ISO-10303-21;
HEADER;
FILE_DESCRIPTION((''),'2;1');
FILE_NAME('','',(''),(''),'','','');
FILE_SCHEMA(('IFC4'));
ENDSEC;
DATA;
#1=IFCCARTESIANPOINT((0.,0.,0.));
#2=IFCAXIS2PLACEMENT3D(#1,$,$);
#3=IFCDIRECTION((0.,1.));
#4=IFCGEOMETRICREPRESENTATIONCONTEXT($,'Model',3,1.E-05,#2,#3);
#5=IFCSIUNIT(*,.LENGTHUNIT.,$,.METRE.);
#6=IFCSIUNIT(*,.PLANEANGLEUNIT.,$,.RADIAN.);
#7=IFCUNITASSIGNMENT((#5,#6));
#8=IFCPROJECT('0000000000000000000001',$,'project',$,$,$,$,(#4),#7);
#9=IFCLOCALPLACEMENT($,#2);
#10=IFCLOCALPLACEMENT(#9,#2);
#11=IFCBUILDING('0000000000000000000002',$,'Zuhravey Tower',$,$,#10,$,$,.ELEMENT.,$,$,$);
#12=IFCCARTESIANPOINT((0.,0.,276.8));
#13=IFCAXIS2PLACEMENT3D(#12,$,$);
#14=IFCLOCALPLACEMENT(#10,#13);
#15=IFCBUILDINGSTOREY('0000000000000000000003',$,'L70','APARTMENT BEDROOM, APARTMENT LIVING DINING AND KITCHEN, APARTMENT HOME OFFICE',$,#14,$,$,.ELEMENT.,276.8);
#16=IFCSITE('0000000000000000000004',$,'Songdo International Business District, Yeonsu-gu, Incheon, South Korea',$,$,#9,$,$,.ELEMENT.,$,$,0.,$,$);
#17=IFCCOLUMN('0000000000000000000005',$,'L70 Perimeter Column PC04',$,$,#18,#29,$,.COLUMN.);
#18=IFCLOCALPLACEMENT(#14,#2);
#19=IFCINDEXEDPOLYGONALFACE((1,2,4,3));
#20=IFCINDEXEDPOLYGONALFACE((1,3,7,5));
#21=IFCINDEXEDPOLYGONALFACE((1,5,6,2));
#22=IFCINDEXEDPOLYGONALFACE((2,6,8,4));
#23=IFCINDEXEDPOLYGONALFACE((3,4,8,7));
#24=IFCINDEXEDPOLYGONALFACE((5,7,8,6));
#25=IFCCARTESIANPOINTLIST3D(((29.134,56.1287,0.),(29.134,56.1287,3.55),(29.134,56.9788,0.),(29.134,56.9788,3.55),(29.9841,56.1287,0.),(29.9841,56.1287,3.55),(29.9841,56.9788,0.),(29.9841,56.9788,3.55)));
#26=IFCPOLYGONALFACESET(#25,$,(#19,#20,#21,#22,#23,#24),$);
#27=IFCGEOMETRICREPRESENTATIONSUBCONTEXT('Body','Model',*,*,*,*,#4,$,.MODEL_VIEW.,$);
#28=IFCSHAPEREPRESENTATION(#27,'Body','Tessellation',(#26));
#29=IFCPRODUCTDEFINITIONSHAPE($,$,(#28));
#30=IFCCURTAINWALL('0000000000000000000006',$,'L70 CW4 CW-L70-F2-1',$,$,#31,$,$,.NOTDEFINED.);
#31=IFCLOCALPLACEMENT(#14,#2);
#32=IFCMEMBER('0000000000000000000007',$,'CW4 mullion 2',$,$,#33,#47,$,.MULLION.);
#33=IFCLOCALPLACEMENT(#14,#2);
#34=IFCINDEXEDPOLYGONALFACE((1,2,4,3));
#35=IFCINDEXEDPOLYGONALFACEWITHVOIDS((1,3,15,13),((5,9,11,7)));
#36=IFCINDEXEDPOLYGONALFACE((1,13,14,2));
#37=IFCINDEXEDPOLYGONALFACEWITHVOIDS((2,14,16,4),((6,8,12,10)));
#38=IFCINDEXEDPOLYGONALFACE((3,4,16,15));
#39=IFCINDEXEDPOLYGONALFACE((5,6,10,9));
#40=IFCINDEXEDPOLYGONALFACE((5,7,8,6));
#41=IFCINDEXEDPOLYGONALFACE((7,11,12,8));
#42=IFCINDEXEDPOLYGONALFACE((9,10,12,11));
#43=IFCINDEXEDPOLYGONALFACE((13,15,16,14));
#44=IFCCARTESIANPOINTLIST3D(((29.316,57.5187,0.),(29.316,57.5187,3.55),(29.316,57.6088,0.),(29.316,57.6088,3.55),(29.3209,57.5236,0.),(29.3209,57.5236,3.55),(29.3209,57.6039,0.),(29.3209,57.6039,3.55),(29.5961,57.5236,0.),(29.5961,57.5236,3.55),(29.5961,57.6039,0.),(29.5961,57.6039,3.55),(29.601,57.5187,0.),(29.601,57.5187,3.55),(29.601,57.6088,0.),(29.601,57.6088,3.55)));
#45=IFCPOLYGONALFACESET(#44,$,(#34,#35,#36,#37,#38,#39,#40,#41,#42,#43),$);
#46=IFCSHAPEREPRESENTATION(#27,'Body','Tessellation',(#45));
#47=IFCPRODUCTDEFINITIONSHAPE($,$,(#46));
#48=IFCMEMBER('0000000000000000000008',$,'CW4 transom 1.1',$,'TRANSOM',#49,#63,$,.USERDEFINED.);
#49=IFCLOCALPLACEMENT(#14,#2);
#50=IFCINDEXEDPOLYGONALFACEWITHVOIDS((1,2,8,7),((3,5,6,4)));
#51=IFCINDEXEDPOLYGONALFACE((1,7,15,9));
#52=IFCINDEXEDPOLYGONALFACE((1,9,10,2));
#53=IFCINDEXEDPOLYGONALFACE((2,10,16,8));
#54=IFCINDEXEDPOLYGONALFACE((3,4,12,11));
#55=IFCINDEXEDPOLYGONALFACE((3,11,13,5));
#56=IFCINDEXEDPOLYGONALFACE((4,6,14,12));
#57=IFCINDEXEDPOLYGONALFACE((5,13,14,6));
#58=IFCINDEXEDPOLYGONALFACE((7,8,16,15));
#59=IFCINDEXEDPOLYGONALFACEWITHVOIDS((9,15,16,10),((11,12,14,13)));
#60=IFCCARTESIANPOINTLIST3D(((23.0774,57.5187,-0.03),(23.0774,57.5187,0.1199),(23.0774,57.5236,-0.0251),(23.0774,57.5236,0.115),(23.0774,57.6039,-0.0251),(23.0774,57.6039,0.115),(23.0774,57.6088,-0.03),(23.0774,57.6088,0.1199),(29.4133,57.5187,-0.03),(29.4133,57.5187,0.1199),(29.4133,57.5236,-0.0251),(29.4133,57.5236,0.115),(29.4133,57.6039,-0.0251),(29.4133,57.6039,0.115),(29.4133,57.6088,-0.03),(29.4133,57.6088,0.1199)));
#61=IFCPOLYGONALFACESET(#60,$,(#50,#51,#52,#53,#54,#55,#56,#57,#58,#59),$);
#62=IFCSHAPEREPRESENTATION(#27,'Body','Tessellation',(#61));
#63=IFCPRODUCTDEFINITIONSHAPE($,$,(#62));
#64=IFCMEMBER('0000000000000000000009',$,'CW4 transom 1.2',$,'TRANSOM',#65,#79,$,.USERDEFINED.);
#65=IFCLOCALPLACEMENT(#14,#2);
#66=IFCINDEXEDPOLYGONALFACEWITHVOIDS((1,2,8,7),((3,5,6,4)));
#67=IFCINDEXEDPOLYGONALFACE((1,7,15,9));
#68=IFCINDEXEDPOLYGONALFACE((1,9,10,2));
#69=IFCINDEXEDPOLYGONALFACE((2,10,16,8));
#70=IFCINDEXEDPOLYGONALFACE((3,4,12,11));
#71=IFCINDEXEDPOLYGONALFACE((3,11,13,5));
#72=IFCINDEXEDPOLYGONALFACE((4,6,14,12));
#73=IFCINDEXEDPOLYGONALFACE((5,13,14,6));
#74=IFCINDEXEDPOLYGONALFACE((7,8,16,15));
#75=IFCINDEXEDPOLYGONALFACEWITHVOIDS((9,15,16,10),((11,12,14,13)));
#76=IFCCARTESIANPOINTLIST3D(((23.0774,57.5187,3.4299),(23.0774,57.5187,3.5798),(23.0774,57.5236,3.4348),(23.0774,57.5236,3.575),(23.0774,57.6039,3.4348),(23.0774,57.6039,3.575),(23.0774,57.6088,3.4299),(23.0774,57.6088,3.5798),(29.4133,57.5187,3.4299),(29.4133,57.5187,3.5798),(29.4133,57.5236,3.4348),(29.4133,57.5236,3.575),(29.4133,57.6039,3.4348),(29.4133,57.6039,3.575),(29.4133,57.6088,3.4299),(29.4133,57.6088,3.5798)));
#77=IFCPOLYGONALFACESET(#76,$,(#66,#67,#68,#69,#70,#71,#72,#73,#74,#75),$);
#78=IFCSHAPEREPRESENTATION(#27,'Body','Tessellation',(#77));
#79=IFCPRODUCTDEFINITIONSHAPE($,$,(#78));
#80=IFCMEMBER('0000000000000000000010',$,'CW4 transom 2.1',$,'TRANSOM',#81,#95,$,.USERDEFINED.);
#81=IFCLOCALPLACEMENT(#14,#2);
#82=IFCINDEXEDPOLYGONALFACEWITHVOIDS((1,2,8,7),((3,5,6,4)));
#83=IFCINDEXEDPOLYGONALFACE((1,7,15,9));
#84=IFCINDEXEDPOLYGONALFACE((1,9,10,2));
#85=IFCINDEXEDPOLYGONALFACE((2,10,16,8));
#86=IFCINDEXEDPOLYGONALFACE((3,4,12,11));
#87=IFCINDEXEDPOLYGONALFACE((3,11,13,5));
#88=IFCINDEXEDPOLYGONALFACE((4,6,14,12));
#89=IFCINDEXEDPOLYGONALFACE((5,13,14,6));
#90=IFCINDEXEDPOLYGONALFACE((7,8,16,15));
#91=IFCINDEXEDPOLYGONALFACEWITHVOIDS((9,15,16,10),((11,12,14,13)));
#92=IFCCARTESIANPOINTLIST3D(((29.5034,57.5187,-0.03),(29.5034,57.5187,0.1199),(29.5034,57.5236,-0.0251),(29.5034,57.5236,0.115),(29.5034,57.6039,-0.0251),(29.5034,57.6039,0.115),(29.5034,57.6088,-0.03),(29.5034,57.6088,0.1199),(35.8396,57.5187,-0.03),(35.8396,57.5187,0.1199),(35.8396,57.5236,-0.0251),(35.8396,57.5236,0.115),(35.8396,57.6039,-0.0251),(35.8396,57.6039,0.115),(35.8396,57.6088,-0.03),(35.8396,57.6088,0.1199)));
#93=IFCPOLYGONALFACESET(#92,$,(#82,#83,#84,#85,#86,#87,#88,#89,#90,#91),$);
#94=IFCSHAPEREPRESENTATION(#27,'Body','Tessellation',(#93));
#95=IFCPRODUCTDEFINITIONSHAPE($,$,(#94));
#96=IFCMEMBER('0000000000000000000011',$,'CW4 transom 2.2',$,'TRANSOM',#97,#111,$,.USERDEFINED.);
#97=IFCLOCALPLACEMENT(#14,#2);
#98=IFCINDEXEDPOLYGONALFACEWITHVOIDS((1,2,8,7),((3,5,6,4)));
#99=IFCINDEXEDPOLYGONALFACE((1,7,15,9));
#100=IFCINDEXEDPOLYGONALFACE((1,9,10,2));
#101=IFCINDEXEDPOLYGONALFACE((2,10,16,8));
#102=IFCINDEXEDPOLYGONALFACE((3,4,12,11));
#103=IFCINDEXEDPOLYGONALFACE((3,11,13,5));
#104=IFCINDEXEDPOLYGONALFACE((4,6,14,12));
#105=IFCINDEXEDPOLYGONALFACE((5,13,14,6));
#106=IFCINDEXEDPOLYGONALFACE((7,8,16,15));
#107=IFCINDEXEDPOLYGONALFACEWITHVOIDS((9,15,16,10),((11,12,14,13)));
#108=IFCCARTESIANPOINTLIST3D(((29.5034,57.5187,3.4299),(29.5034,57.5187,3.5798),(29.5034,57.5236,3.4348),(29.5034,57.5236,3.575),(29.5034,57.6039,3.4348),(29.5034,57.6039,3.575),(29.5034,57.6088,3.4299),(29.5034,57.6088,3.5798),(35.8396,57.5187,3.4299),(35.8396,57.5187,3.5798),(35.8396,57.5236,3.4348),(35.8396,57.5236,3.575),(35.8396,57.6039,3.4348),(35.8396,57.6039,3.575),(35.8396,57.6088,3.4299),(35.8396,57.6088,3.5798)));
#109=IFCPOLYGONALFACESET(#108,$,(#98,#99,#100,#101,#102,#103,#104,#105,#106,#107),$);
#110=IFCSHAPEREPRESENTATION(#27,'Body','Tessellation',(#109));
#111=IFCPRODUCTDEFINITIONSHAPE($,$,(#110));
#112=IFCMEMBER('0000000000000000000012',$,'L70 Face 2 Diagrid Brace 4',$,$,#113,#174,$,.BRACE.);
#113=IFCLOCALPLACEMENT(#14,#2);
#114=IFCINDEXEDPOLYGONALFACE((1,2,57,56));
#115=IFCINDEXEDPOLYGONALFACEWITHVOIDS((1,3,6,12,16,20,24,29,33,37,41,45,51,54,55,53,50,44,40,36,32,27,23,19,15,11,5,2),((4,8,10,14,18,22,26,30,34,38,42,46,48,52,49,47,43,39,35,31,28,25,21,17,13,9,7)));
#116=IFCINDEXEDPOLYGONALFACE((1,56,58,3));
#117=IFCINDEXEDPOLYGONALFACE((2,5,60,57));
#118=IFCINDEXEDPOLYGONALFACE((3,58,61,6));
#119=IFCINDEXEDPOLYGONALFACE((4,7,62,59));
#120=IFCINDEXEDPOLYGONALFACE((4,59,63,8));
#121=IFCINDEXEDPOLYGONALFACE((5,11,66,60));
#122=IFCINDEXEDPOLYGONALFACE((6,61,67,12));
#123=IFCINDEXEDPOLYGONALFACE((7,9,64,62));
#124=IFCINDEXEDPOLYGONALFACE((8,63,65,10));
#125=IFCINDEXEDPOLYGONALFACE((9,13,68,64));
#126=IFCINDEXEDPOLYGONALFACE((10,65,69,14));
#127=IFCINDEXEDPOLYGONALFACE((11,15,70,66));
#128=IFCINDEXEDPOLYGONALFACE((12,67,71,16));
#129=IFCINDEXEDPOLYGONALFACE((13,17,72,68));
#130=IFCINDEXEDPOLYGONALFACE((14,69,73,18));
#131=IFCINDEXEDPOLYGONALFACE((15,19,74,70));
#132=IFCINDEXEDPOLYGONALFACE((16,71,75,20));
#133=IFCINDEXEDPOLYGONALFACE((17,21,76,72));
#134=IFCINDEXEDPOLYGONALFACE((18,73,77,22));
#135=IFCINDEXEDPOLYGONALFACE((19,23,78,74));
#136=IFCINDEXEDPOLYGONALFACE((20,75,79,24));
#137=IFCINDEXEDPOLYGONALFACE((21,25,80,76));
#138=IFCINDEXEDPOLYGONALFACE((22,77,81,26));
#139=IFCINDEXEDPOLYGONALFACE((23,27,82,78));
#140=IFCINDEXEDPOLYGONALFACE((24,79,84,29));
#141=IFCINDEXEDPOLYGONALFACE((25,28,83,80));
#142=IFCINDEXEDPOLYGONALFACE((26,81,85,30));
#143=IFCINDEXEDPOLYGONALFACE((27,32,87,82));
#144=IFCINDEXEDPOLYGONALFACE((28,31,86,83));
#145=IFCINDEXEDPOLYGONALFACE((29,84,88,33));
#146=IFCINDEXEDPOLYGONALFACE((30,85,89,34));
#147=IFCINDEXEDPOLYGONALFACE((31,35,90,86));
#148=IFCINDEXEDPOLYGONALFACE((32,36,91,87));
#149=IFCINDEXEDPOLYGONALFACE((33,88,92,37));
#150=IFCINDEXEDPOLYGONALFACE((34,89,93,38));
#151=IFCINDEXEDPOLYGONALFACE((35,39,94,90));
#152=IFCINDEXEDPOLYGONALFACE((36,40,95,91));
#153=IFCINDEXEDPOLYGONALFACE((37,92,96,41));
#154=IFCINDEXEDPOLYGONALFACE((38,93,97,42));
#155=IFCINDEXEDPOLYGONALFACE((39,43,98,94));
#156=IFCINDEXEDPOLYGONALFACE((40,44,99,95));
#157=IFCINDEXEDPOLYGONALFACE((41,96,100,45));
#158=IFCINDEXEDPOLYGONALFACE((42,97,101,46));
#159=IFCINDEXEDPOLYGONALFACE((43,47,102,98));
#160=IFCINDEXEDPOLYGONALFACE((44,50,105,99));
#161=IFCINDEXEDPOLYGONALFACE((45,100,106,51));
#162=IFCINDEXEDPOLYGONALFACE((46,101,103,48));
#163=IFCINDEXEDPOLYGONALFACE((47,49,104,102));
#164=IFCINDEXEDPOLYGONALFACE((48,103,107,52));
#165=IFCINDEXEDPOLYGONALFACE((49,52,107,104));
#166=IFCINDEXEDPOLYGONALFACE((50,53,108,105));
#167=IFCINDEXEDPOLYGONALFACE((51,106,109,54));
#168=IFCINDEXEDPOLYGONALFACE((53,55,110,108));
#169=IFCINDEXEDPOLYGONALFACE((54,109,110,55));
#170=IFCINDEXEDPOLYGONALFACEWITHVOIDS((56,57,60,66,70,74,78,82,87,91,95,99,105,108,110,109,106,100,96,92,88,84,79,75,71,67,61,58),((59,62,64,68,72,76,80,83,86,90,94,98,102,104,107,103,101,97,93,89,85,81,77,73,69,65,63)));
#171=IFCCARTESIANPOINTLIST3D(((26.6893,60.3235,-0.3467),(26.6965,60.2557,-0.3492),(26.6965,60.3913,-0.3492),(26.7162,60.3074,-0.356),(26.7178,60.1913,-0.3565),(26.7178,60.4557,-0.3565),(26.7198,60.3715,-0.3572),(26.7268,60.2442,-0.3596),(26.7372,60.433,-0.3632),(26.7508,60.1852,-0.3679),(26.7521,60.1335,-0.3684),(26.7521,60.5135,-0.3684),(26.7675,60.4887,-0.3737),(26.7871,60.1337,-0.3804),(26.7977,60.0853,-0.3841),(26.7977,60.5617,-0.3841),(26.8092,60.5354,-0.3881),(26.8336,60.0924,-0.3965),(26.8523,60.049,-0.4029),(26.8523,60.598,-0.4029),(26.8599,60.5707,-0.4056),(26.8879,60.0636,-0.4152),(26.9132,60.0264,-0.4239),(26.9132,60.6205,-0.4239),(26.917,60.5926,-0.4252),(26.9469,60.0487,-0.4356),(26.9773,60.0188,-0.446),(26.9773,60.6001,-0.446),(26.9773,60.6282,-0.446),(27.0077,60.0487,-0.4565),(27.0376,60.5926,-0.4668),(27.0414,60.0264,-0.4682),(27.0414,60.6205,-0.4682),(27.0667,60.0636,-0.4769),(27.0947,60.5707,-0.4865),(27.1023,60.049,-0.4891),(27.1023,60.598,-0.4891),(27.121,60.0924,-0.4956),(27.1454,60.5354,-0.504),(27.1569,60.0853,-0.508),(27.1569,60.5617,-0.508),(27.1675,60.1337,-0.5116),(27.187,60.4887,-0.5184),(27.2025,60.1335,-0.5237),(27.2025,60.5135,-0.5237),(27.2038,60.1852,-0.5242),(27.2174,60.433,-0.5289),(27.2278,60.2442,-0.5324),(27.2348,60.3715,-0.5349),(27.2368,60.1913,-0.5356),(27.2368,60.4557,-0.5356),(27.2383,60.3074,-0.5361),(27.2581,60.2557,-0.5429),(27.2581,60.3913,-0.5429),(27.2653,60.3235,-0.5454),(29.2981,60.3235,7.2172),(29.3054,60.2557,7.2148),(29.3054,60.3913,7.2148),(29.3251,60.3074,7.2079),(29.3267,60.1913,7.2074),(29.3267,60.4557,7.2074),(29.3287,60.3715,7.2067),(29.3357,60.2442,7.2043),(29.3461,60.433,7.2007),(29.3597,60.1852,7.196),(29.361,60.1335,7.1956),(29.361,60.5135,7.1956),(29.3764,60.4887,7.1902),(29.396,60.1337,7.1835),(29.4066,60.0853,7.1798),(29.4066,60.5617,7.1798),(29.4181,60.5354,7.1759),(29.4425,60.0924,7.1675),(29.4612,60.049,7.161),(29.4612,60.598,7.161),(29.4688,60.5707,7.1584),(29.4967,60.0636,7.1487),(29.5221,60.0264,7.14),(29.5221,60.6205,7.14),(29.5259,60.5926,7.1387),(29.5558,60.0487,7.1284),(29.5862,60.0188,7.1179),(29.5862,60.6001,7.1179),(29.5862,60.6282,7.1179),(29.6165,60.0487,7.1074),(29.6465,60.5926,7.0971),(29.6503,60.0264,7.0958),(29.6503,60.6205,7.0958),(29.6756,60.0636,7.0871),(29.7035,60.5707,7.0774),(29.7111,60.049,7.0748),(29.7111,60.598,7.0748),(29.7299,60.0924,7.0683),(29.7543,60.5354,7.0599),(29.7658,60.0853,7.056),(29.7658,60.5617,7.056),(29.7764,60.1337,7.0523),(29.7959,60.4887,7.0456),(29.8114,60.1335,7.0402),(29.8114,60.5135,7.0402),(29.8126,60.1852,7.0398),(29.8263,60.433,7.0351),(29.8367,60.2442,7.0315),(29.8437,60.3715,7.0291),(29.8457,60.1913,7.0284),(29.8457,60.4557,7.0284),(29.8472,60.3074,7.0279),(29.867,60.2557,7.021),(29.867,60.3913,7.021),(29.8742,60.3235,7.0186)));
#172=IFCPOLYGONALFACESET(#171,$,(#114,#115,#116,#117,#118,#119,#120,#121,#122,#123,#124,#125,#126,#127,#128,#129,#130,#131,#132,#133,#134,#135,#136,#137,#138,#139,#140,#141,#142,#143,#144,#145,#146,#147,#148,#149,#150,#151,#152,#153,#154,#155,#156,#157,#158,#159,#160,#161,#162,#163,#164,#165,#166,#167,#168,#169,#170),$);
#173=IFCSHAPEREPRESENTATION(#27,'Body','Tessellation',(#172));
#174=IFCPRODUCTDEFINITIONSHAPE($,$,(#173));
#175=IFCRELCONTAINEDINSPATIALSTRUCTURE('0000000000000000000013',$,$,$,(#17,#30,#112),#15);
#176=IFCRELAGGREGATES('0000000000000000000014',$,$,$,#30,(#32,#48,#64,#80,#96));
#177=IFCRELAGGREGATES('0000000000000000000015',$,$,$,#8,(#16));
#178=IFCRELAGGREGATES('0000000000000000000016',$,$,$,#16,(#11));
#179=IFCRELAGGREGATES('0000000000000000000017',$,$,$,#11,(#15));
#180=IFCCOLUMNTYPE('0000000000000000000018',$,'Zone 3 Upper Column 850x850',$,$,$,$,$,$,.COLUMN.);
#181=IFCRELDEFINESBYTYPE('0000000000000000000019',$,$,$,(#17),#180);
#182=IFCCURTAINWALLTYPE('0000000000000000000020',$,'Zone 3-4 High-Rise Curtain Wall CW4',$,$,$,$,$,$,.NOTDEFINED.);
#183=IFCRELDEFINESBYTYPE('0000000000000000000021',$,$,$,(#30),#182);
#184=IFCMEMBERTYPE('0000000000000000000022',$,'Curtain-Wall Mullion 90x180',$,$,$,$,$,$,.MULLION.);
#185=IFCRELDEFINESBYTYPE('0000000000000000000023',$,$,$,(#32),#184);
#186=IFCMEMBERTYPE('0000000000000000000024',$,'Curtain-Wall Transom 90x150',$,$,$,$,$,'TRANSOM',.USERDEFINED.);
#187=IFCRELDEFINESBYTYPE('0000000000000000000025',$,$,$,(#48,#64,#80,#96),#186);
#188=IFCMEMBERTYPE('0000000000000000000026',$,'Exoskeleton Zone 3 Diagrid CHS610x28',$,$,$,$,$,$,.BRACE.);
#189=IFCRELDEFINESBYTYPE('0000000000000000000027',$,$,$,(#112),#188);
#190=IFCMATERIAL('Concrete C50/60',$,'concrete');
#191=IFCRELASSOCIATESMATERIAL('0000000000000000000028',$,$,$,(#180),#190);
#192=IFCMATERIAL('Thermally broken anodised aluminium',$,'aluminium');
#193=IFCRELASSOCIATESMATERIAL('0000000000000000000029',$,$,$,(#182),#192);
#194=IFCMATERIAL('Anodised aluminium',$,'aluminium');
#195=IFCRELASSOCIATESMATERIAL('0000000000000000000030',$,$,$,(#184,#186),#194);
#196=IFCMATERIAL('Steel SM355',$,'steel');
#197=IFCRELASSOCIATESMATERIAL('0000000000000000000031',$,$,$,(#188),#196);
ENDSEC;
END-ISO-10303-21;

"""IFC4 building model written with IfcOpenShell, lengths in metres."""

from ifc_helpers import new_model, si_unit, direction, frame, origin, origin_2d, place, context, subcontext, project, spatial, rectangle, hollow_rectangle, hollow_circle, extrude, material, material_profile, profile_set, type_object, element, aggregate, save


model = new_model("IFC4")

# Units and contexts
model_context = context("Model", 3, precision=1e-05, world=origin(), true_north=direction((0.0, 1.0)))
body_context = subcontext(model_context, "Body", "Model", "MODEL_VIEW")
ifc_project = project(units=[si_unit("LENGTHUNIT", "METRE"), si_unit("PLANEANGLEUNIT", "RADIAN")], contexts=[model_context])

# Site, building, storey
site_placement = place(None, origin())
site = spatial("IfcSite", under=ifc_project, at=site_placement, Name="Songdo International Business District, Yeonsu-gu, Incheon, South Korea", CompositionType="ELEMENT", RefElevation=0.0)
building_placement = place(site_placement, origin())
building = spatial("IfcBuilding", under=site, at=building_placement, Name="Zuhravey Tower", CompositionType="ELEMENT")
storey_placement = place(building_placement, frame((0.0, 0.0, 276.8)))
storey = spatial("IfcBuildingStorey", under=building, at=storey_placement, Name="L70", Description="APARTMENT BEDROOM, APARTMENT LIVING DINING AND KITCHEN, APARTMENT HOME OFFICE", CompositionType="ELEMENT", Elevation=276.8)

# Column
ifc_material_1 = material(Name="Concrete C50/60", Category="concrete")
ifc_material_profile_1 = material_profile(ifc_material_1, rectangle(XDim=0.8501, YDim=0.8501, at=origin_2d()), Name="RC-850x850")
ifc_profile_set_1 = profile_set([ifc_material_profile_1], Name="Concrete C50/60")
column_type = type_object("IfcColumnType", Name="Zone 3 Upper Column 850x850", PredefinedType="COLUMN", material=ifc_profile_set_1)
column_placement = place(storey_placement, frame((29.5591, 56.5537, 0.0), z_axis=(0.0, 0.0, 1.0), x_axis=(-1.0, 0.0, 0.0)))
element("IfcColumn", 1, at=column_placement, inside=storey, type_object=column_type, Name="L70 Perimeter Column PC04", PredefinedType="COLUMN", context=body_context, shape_type="SweptSolid", body=[
    extrude(rectangle(XDim=0.8501, YDim=0.8501, at=origin_2d()), origin(), (0.0, 0.0, 1.0), 3.55),
])

# Curtain wall, members
ifc_material_2 = material(Name="Thermally broken anodised aluminium", Category="aluminium")
curtain_wall_type = type_object("IfcCurtainWallType", Name="Zone 3-4 High-Rise Curtain Wall CW4", PredefinedType="NOTDEFINED", material=ifc_material_2)
curtain_wall_placement = place(storey_placement, origin())
curtain_wall = element("IfcCurtainWall", 2, at=curtain_wall_placement, inside=storey, type_object=curtain_wall_type, Name="L70 CW4 CW-L70-F2-1", PredefinedType="NOTDEFINED")
ifc_material_3 = material(Name="Anodised aluminium", Category="aluminium")
ifc_material_profile_2 = material_profile(ifc_material_3, hollow_rectangle(XDim=0.0901, YDim=0.2849, WallThickness=0.0049, at=origin_2d()), Name="ALU-RHS-90x285x5")
ifc_profile_set_2 = profile_set([ifc_material_profile_2], Name="Anodised aluminium")
member_type_1 = type_object("IfcMemberType", Name="Curtain-Wall Mullion 90x180", PredefinedType="MULLION", material=ifc_profile_set_2)
member_1_placement = place(storey_placement, frame((29.4585, 57.5637, 0.0), z_axis=(0.0, 0.0, 1.0), x_axis=(0.0, 1.0, 0.0)))
member_1 = element("IfcMember", 3, at=member_1_placement, type_object=member_type_1, Name="CW4 mullion 2", PredefinedType="MULLION", context=body_context, shape_type="SweptSolid", body=[
    extrude(hollow_rectangle(XDim=0.0901, YDim=0.2849, WallThickness=0.0049, at=origin_2d()), origin(), (0.0, 0.0, 1.0), 3.55),
])
ifc_material_profile_3 = material_profile(ifc_material_3, hollow_rectangle(XDim=0.0901, YDim=0.1499, WallThickness=0.0049, at=origin_2d()), Name="ALU-RHS-90x150x5")
ifc_profile_set_3 = profile_set([ifc_material_profile_3], Name="Anodised aluminium")
member_type_2 = type_object("IfcMemberType", Name="Curtain-Wall Transom 90x150", ElementType="TRANSOM", PredefinedType="USERDEFINED", material=ifc_profile_set_3)
member_2_placement = place(storey_placement, frame((23.0774, 57.5637, 0.0449), z_axis=(1.0, 0.0, 0.0), x_axis=(0.0, 1.0, 0.0)))
member_2 = element("IfcMember", 4, at=member_2_placement, type_object=member_type_2, Name="CW4 transom 1.1", ObjectType="TRANSOM", PredefinedType="USERDEFINED", context=body_context, shape_type="SweptSolid", body=[
    extrude(hollow_rectangle(XDim=0.0901, YDim=0.1499, WallThickness=0.0049, at=origin_2d()), origin(), (0.0, 0.0, 1.0), 6.3359),
])
member_3_placement = place(storey_placement, frame((23.0774, 57.5637, 3.5049), z_axis=(1.0, 0.0, 0.0), x_axis=(0.0, 1.0, 0.0)))
member_3 = element("IfcMember", 5, at=member_3_placement, type_object=member_type_2, Name="CW4 transom 1.2", ObjectType="TRANSOM", PredefinedType="USERDEFINED", context=body_context, shape_type="SweptSolid", body=[
    extrude(hollow_rectangle(XDim=0.0901, YDim=0.1499, WallThickness=0.0049, at=origin_2d()), origin(), (0.0, 0.0, 1.0), 6.3359),
])
member_4_placement = place(storey_placement, frame((29.5034, 57.5637, 0.0449), z_axis=(1.0, 0.0, 0.0), x_axis=(0.0, 1.0, 0.0)))
member_4 = element("IfcMember", 6, at=member_4_placement, type_object=member_type_2, Name="CW4 transom 2.1", ObjectType="TRANSOM", PredefinedType="USERDEFINED", context=body_context, shape_type="SweptSolid", body=[
    extrude(hollow_rectangle(XDim=0.0901, YDim=0.1499, WallThickness=0.0049, at=origin_2d()), origin(), (0.0, 0.0, 1.0), 6.3362),
])
member_5_placement = place(storey_placement, frame((29.5034, 57.5637, 3.5049), z_axis=(1.0, 0.0, 0.0), x_axis=(0.0, 1.0, 0.0)))
member_5 = element("IfcMember", 7, at=member_5_placement, type_object=member_type_2, Name="CW4 transom 2.2", ObjectType="TRANSOM", PredefinedType="USERDEFINED", context=body_context, shape_type="SweptSolid", body=[
    extrude(hollow_rectangle(XDim=0.0901, YDim=0.1499, WallThickness=0.0049, at=origin_2d()), origin(), (0.0, 0.0, 1.0), 6.3362),
])

# Member
ifc_material_4 = material(Name="Steel SM355", Category="steel")
ifc_material_profile_4 = material_profile(ifc_material_4, hollow_circle(Radius=0.3047, WallThickness=0.0281, at=origin_2d()), Name="CHS-609.6x28")
ifc_profile_set_4 = profile_set([ifc_material_profile_4], Name="Steel SM355")
member_type_3 = type_object("IfcMemberType", Name="Exoskeleton Zone 3 Diagrid CHS610x28", PredefinedType="BRACE", material=ifc_profile_set_4)
member_6_placement = place(storey_placement, frame((26.9773, 60.3235, -0.446), z_axis=(0.32606, 0.0, 0.945349), x_axis=(0.0, 1.0, 0.0)))
element("IfcMember", 8, at=member_6_placement, inside=storey, type_object=member_type_3, Name="L70 Face 2 Diagrid Brace 4", PredefinedType="BRACE", context=body_context, shape_type="SweptSolid", body=[
    extrude(hollow_circle(Radius=0.3047, WallThickness=0.0281, at=origin_2d()), origin(), (0.0, 0.0, 1.0), 8.0012),
])

aggregate(curtain_wall, [member_1, member_2, member_3, member_4, member_5])

save(model, "model.ifc")
